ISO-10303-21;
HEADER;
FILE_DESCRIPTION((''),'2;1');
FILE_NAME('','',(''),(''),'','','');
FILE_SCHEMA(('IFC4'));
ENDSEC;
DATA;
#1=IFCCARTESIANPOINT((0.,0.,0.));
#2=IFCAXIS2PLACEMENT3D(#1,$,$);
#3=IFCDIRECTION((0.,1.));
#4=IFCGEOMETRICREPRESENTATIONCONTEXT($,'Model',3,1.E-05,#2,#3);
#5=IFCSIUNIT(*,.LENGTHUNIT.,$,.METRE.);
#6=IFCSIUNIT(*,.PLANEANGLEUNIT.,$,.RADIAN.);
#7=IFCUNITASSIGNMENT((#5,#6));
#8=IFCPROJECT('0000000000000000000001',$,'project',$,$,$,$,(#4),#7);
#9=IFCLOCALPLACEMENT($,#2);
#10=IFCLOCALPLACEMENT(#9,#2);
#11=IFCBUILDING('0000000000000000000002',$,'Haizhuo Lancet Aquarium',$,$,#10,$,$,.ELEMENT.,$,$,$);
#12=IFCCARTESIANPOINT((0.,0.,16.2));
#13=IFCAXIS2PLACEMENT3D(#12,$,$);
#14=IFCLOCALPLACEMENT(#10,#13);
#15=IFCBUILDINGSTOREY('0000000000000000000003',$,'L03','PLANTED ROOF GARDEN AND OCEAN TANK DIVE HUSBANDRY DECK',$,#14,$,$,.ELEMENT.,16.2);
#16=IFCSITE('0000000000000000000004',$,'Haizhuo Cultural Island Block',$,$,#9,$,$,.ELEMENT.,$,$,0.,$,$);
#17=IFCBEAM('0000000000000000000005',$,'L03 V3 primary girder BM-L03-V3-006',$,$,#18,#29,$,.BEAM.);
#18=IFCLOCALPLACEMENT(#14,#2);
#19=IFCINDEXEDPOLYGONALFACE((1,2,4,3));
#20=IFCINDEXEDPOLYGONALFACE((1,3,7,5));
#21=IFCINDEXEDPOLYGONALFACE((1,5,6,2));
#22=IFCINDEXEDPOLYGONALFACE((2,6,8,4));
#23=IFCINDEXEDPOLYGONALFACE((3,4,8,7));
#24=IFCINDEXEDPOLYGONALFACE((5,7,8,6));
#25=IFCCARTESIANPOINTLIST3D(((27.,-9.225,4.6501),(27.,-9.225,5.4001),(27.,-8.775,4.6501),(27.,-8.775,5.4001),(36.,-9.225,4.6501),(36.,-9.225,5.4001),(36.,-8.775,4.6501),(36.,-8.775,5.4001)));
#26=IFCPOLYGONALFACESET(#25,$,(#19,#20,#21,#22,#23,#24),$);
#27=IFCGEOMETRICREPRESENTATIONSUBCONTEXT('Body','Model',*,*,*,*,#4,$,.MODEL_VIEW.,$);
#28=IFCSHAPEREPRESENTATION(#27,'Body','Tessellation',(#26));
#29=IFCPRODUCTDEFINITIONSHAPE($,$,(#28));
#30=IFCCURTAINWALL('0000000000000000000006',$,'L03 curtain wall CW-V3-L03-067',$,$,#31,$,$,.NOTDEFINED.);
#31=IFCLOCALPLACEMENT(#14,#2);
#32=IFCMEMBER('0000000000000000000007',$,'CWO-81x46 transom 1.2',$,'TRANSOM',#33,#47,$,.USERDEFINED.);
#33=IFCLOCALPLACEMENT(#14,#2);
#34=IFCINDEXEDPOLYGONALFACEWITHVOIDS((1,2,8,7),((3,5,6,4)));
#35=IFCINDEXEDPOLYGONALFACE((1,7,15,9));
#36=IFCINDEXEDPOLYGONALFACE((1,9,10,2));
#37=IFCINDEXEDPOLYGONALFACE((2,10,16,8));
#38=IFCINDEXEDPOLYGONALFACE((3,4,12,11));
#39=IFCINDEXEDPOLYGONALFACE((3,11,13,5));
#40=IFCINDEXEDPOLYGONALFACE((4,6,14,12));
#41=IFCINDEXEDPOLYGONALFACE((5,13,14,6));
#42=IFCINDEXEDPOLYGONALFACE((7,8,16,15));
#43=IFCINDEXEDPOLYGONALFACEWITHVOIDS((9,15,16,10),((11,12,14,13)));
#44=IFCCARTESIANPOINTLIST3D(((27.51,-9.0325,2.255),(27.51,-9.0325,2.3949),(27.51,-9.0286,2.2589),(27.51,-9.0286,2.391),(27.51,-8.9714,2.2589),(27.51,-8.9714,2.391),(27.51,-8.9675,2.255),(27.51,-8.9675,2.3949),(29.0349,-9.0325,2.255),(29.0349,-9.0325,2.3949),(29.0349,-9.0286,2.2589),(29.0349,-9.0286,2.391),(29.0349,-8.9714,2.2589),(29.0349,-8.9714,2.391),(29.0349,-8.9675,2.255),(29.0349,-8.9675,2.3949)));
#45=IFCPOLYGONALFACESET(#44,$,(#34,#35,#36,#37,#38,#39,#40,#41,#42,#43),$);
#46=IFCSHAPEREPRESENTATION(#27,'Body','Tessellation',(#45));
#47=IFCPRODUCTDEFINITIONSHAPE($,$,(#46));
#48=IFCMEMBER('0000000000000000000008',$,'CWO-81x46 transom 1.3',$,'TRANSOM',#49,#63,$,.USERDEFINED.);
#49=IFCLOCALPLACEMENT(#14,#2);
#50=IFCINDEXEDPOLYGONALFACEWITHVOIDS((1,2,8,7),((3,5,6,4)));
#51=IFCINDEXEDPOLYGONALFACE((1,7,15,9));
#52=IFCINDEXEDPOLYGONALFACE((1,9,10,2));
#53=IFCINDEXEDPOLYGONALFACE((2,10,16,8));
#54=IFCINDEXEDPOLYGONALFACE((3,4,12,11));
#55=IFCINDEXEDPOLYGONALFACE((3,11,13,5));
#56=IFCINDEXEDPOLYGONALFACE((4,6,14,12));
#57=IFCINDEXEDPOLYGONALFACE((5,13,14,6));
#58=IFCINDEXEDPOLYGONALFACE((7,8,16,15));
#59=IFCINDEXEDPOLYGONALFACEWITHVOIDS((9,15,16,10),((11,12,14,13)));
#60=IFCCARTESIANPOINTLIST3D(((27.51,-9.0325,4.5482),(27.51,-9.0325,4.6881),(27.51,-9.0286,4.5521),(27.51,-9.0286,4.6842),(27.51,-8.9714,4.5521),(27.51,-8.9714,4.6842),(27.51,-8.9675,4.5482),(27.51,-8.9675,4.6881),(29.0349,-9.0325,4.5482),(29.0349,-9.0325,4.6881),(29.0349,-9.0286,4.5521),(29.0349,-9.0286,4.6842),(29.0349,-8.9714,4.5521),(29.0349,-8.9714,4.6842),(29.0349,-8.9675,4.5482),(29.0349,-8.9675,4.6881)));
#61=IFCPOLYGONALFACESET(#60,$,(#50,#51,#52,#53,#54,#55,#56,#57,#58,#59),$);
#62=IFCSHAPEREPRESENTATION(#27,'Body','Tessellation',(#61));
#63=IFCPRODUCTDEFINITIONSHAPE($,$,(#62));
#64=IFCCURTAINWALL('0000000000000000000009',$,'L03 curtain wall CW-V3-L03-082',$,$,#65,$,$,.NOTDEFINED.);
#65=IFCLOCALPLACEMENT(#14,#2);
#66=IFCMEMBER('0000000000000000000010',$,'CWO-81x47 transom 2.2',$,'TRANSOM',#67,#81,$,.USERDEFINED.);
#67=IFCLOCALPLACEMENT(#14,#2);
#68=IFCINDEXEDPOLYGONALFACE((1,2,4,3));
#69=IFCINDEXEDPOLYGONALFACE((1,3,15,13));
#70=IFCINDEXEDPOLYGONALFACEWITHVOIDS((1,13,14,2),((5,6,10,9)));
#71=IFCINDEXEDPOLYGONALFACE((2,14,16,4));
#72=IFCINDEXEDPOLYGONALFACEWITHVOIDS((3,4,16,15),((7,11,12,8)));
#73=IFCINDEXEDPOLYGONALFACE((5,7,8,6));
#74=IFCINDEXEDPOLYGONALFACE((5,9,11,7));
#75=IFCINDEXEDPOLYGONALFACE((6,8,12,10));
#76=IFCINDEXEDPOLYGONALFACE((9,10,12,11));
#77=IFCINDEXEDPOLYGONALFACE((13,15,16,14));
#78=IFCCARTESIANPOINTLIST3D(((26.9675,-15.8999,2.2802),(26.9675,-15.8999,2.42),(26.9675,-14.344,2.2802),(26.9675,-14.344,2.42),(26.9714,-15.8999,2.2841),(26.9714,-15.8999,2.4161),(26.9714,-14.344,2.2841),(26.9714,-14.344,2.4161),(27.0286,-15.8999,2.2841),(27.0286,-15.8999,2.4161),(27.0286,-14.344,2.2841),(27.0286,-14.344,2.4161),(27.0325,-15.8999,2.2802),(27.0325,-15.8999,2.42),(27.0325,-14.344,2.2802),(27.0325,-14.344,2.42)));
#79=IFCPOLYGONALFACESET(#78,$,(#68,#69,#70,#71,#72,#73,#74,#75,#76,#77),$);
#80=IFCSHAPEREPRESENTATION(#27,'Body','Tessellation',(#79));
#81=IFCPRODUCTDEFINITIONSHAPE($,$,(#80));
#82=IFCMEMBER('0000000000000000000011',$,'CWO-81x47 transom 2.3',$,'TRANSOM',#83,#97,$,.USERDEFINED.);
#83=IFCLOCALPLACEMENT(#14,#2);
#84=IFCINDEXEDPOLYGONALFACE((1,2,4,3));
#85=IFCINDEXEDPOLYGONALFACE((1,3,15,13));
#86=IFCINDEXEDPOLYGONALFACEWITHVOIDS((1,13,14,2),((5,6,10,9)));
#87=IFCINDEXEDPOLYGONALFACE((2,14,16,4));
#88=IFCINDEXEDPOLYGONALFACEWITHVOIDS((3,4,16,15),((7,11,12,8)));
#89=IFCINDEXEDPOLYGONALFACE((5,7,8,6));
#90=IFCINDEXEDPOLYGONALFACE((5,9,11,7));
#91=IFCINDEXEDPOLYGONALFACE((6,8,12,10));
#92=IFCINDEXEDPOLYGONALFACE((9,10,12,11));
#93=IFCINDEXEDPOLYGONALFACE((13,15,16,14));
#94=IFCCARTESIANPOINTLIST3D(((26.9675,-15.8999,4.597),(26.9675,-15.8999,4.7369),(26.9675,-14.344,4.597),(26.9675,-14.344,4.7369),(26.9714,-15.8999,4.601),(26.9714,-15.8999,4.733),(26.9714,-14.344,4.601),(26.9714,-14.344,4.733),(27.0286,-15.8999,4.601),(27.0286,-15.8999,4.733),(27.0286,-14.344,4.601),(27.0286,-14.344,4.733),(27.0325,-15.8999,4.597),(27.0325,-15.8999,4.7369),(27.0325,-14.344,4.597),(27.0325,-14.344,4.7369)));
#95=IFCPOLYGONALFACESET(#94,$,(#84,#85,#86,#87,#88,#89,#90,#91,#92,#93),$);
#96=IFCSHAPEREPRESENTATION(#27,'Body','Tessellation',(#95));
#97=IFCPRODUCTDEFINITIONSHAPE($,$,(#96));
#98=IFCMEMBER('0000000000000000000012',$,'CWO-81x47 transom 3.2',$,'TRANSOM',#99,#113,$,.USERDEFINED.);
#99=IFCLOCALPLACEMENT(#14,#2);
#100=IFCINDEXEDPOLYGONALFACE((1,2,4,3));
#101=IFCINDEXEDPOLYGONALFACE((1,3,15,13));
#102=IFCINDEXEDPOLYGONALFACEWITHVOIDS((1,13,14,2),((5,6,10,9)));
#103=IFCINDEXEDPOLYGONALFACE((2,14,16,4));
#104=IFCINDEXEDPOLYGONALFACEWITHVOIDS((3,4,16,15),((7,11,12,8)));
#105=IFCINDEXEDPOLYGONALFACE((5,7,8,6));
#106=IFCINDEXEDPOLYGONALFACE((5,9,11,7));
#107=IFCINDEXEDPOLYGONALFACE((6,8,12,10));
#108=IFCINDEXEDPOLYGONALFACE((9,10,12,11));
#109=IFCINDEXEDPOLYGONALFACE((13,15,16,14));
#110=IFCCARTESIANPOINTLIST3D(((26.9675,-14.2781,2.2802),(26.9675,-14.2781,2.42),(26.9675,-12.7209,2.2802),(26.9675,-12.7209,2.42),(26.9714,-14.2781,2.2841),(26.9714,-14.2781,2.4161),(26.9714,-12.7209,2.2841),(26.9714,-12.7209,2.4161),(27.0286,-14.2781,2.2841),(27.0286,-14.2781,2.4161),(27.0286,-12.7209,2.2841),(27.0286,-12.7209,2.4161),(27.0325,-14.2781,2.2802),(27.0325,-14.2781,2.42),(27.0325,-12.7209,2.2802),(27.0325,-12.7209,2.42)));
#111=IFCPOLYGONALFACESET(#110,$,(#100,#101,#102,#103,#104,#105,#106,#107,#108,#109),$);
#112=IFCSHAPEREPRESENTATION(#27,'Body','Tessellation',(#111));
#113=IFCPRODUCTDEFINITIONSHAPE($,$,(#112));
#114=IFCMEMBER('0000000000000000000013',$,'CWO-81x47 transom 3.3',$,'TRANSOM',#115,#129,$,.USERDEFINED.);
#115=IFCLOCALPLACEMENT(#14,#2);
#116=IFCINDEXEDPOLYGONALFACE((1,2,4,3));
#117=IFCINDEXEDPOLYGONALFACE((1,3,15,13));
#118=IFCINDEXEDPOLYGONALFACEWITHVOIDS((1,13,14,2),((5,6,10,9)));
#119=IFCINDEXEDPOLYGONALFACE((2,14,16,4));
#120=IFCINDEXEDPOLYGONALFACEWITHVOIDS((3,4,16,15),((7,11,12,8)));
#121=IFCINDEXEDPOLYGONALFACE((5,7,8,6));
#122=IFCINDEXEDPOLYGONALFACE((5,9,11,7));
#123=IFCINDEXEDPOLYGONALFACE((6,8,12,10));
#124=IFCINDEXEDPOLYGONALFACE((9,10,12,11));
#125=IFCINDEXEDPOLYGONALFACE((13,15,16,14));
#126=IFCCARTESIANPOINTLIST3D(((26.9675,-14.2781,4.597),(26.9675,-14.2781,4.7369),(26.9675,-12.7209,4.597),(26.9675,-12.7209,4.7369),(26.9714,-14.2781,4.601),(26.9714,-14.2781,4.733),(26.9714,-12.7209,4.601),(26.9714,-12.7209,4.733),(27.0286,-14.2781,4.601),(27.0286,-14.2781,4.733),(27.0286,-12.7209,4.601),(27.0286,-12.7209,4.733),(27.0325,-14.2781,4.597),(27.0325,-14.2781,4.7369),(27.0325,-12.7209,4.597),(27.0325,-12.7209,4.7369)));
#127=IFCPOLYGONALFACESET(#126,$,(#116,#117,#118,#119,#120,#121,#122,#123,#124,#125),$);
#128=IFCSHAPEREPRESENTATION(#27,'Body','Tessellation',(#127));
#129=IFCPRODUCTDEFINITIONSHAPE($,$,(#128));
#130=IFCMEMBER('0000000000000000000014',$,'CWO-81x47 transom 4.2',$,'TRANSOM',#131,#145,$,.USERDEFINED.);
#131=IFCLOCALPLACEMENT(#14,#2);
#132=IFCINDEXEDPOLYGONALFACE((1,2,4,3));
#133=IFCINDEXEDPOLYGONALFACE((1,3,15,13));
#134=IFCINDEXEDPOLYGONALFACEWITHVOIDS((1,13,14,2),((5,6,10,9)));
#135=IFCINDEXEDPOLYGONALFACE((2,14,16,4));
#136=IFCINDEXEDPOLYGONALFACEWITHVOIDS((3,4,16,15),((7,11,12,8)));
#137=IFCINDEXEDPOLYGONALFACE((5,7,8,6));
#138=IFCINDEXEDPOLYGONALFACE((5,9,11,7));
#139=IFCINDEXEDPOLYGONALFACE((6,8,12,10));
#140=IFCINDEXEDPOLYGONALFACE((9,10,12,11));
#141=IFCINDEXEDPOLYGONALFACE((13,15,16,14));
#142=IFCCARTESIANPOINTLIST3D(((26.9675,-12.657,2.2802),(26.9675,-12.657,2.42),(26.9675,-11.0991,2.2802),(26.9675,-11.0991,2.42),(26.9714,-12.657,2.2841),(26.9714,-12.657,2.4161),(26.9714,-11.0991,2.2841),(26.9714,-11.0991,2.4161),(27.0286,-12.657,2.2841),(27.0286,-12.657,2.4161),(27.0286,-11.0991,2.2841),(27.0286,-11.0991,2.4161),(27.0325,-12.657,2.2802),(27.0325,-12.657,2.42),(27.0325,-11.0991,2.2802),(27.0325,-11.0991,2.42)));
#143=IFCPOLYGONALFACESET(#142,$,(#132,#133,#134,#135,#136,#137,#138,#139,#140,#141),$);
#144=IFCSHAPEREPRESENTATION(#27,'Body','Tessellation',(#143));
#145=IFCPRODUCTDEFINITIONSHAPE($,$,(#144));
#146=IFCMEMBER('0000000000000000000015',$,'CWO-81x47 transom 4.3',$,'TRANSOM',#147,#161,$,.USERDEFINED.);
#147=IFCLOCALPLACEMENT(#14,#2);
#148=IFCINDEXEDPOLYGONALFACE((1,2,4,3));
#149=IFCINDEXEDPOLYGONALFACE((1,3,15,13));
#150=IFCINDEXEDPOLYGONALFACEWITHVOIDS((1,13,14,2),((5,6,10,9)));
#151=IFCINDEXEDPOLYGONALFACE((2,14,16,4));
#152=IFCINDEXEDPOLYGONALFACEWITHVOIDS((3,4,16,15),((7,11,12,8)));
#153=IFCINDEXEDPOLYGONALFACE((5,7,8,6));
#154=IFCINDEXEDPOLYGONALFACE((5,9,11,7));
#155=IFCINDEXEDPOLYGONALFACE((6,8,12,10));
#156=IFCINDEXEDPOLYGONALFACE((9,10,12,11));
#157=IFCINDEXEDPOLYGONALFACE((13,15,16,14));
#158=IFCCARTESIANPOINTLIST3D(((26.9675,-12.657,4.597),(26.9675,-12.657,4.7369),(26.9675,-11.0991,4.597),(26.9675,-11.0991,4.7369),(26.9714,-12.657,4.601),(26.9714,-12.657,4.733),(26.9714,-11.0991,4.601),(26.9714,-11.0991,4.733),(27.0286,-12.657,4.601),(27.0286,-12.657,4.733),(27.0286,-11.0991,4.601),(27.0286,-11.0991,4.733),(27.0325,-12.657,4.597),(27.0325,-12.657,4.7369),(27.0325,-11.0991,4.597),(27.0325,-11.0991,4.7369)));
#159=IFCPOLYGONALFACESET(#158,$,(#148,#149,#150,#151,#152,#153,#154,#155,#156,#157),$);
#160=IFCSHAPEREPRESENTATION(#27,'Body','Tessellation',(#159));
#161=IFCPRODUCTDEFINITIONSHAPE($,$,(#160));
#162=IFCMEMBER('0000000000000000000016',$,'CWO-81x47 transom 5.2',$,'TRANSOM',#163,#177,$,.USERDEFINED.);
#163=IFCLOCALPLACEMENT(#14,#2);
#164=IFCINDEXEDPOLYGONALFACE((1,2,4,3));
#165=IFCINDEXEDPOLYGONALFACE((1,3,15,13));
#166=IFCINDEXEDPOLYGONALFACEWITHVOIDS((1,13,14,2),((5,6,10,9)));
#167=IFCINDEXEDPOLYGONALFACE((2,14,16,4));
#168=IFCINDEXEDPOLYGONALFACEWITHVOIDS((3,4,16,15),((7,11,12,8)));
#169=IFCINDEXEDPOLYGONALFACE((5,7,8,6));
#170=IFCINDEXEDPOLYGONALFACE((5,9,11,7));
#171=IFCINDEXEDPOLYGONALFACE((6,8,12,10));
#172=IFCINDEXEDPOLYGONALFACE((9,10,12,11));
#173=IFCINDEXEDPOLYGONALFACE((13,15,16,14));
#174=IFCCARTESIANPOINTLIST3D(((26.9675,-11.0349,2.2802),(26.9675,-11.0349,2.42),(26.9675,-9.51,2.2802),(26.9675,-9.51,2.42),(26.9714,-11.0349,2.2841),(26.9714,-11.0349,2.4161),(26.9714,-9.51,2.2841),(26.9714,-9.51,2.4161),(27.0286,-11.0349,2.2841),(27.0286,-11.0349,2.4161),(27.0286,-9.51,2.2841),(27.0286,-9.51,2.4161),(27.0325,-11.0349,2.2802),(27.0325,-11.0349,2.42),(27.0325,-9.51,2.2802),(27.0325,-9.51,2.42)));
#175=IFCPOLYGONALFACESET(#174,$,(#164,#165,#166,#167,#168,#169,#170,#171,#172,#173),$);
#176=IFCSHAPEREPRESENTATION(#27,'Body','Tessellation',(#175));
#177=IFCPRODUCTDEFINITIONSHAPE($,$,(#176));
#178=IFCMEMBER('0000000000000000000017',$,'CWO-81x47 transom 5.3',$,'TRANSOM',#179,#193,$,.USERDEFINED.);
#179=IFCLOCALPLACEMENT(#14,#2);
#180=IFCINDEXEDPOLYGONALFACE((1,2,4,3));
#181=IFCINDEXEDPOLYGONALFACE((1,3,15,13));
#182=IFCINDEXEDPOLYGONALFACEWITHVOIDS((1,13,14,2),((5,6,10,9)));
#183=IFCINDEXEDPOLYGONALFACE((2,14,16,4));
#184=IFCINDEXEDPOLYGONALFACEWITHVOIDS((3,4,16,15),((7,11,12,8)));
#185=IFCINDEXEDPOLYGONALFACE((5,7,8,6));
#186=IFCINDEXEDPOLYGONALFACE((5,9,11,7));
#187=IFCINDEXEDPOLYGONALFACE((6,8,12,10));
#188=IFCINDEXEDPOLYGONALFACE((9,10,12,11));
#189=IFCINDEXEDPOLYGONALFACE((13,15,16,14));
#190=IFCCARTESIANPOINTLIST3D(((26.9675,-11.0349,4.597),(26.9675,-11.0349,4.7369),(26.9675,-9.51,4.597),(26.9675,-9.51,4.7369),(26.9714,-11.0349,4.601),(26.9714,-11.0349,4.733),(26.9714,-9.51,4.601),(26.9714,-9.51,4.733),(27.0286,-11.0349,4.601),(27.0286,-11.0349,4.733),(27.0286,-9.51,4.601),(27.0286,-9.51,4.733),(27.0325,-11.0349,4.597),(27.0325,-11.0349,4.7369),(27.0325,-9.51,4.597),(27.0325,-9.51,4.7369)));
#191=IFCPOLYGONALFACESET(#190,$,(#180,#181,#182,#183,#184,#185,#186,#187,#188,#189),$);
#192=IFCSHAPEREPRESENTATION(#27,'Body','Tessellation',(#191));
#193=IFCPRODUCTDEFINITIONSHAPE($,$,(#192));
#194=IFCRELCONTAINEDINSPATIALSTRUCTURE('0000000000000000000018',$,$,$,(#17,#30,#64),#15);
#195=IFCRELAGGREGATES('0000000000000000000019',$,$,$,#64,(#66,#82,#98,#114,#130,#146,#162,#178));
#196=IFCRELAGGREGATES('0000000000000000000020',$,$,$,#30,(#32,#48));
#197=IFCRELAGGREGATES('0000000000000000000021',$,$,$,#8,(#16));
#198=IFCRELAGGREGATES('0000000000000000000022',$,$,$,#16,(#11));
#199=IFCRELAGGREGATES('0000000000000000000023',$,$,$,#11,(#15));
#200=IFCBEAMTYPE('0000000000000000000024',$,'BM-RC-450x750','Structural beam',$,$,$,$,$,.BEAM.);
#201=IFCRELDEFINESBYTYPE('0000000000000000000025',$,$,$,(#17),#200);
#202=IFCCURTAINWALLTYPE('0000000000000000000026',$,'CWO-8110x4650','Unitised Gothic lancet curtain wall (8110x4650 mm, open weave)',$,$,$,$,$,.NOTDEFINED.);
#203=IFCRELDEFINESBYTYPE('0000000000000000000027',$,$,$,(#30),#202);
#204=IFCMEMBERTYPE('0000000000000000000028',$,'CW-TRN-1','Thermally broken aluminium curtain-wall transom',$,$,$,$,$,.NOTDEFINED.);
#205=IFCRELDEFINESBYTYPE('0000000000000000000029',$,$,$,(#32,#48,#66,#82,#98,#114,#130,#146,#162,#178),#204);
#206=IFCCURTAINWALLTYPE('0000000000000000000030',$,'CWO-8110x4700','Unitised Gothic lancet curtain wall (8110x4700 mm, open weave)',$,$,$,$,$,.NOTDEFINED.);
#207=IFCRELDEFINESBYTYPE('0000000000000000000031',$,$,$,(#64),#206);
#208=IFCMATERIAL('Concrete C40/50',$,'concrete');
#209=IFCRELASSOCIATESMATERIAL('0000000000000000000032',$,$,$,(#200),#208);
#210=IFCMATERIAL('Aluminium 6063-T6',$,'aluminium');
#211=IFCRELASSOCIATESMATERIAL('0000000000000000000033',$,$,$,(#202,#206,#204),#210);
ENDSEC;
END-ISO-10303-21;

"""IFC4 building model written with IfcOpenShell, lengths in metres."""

from ifc_helpers import new_model, si_unit, direction, frame, origin, origin_2d, place, context, subcontext, project, spatial, rectangle, hollow_rectangle, extrude, material, material_profile, profile_set, type_object, element, aggregate, save


model = new_model("IFC4")

# Units and contexts
model_context = context("Model", 3, precision=1e-05, world=origin(), true_north=direction((0.0, 1.0)))
body_context = subcontext(model_context, "Body", "Model", "MODEL_VIEW")
ifc_project = project(units=[si_unit("LENGTHUNIT", "METRE"), si_unit("PLANEANGLEUNIT", "RADIAN")], contexts=[model_context])

# Site, building, storey
site_placement = place(None, origin())
site = spatial("IfcSite", under=ifc_project, at=site_placement, Name="Haizhuo Cultural Island Block", CompositionType="ELEMENT", RefElevation=0.0)
building_placement = place(site_placement, origin())
building = spatial("IfcBuilding", under=site, at=building_placement, Name="Haizhuo Lancet Aquarium", CompositionType="ELEMENT")
storey_placement = place(building_placement, frame((0.0, 0.0, 16.2)))
storey = spatial("IfcBuildingStorey", under=building, at=storey_placement, Name="L03", Description="PLANTED ROOF GARDEN AND OCEAN TANK DIVE HUSBANDRY DECK", CompositionType="ELEMENT", Elevation=16.2)

# Beam
ifc_material_1 = material(Name="Concrete C40/50", Category="concrete")
ifc_material_profile_1 = material_profile(ifc_material_1, rectangle(XDim=0.45, YDim=0.75, at=origin_2d()), Name="RC-BM 450x750")
ifc_profile_set_1 = profile_set([ifc_material_profile_1], Name="Concrete C40/50")
beam_type = type_object("IfcBeamType", Name="BM-RC-450x750", Description="Structural beam", PredefinedType="BEAM", material=ifc_profile_set_1)
beam_placement = place(storey_placement, frame((27.0, -9.0, 5.0251), z_axis=(1.0, 0.0, 0.0), x_axis=(0.0, 1.0, 0.0)))
element("IfcBeam", 1, at=beam_placement, inside=storey, type_object=beam_type, Name="L03 V3 primary girder BM-L03-V3-006", PredefinedType="BEAM", context=body_context, shape_type="SweptSolid", body=[
    extrude(rectangle(XDim=0.45, YDim=0.75, at=origin_2d()), origin(), (0.0, 0.0, 1.0), 9.0),
])

# Curtain walls, members
ifc_material_2 = material(Name="Aluminium 6063-T6", Category="aluminium")
curtain_wall_type_1 = type_object("IfcCurtainWallType", Name="CWO-8110x4650", Description="Unitised Gothic lancet curtain wall (8110x4650 mm, open weave)", PredefinedType="NOTDEFINED", material=ifc_material_2)
curtain_wall_1_placement = place(storey_placement, origin())
curtain_wall_1 = element("IfcCurtainWall", 2, at=curtain_wall_1_placement, inside=storey, type_object=curtain_wall_type_1, Name="L03 curtain wall CW-V3-L03-067", PredefinedType="NOTDEFINED")
ifc_material_profile_2 = material_profile(ifc_material_2, hollow_rectangle(XDim=0.0649, YDim=0.1399, WallThickness=0.0039, at=origin_2d()), Name="ALU-T 65x140x4")
ifc_profile_set_2 = profile_set([ifc_material_profile_2], Name="Aluminium 6063-T6")
member_type_1 = type_object("IfcMemberType", Name="CW-TRN-1", Description="Thermally broken aluminium curtain-wall transom", PredefinedType="NOTDEFINED", material=ifc_profile_set_2)
member_1_placement = place(storey_placement, frame((27.51, -9.0, 2.325), z_axis=(1.0, 0.0, 0.0), x_axis=(0.0, 1.0, 0.0)))
member_1 = element("IfcMember", 3, at=member_1_placement, type_object=member_type_1, Name="CWO-81x46 transom 1.2", ObjectType="TRANSOM", PredefinedType="USERDEFINED", context=body_context, shape_type="SweptSolid", body=[
    extrude(hollow_rectangle(XDim=0.0649, YDim=0.1399, WallThickness=0.0039, at=origin_2d()), origin(), (0.0, 0.0, 1.0), 1.5249),
])
member_2_placement = place(storey_placement, frame((27.51, -9.0, 4.6182), z_axis=(1.0, 0.0, 0.0), x_axis=(0.0, 1.0, 0.0)))
member_2 = element("IfcMember", 4, at=member_2_placement, type_object=member_type_1, Name="CWO-81x46 transom 1.3", ObjectType="TRANSOM", PredefinedType="USERDEFINED", context=body_context, shape_type="SweptSolid", body=[
    extrude(hollow_rectangle(XDim=0.0649, YDim=0.1399, WallThickness=0.0039, at=origin_2d()), origin(), (0.0, 0.0, 1.0), 1.5249),
])
curtain_wall_type_2 = type_object("IfcCurtainWallType", Name="CWO-8110x4700", Description="Unitised Gothic lancet curtain wall (8110x4700 mm, open weave)", PredefinedType="NOTDEFINED", material=ifc_material_2)
curtain_wall_2_placement = place(storey_placement, origin())
curtain_wall_2 = element("IfcCurtainWall", 5, at=curtain_wall_2_placement, inside=storey, type_object=curtain_wall_type_2, Name="L03 curtain wall CW-V3-L03-082", PredefinedType="NOTDEFINED")
member_3_placement = place(storey_placement, frame((27.0, -15.8999, 2.3501), z_axis=(0.0, 1.0, 0.0), x_axis=(-1.0, 0.0, 0.0)))
member_3 = element("IfcMember", 6, at=member_3_placement, type_object=member_type_1, Name="CWO-81x47 transom 2.2", ObjectType="TRANSOM", PredefinedType="USERDEFINED", context=body_context, shape_type="SweptSolid", body=[
    extrude(hollow_rectangle(XDim=0.0649, YDim=0.1399, WallThickness=0.0039, at=origin_2d()), origin(), (0.0, 0.0, 1.0), 1.5559),
])
member_4_placement = place(storey_placement, frame((27.0, -15.8999, 4.667), z_axis=(0.0, 1.0, 0.0), x_axis=(-1.0, 0.0, 0.0)))
member_4 = element("IfcMember", 7, at=member_4_placement, type_object=member_type_1, Name="CWO-81x47 transom 2.3", ObjectType="TRANSOM", PredefinedType="USERDEFINED", context=body_context, shape_type="SweptSolid", body=[
    extrude(hollow_rectangle(XDim=0.0649, YDim=0.1399, WallThickness=0.0039, at=origin_2d()), origin(), (0.0, 0.0, 1.0), 1.5559),
])
member_5_placement = place(storey_placement, frame((27.0, -14.2781, 2.3501), z_axis=(0.0, 1.0, 0.0), x_axis=(-1.0, 0.0, 0.0)))
member_5 = element("IfcMember", 8, at=member_5_placement, type_object=member_type_1, Name="CWO-81x47 transom 3.2", ObjectType="TRANSOM", PredefinedType="USERDEFINED", context=body_context, shape_type="SweptSolid", body=[
    extrude(hollow_rectangle(XDim=0.0649, YDim=0.1399, WallThickness=0.0039, at=origin_2d()), origin(), (0.0, 0.0, 1.0), 1.5571),
])
member_6_placement = place(storey_placement, frame((27.0, -14.2781, 4.667), z_axis=(0.0, 1.0, 0.0), x_axis=(-1.0, 0.0, 0.0)))
member_6 = element("IfcMember", 9, at=member_6_placement, type_object=member_type_1, Name="CWO-81x47 transom 3.3", ObjectType="TRANSOM", PredefinedType="USERDEFINED", context=body_context, shape_type="SweptSolid", body=[
    extrude(hollow_rectangle(XDim=0.0649, YDim=0.1399, WallThickness=0.0039, at=origin_2d()), origin(), (0.0, 0.0, 1.0), 1.5571),
])
member_7_placement = place(storey_placement, frame((27.0, -12.657, 2.3501), z_axis=(0.0, 1.0, 0.0), x_axis=(-1.0, 0.0, 0.0)))
member_7 = element("IfcMember", 10, at=member_7_placement, type_object=member_type_1, Name="CWO-81x47 transom 4.2", ObjectType="TRANSOM", PredefinedType="USERDEFINED", context=body_context, shape_type="SweptSolid", body=[
    extrude(hollow_rectangle(XDim=0.0649, YDim=0.1399, WallThickness=0.0039, at=origin_2d()), origin(), (0.0, 0.0, 1.0), 1.5579),
])
member_8_placement = place(storey_placement, frame((27.0, -12.657, 4.667), z_axis=(0.0, 1.0, 0.0), x_axis=(-1.0, 0.0, 0.0)))
member_8 = element("IfcMember", 11, at=member_8_placement, type_object=member_type_1, Name="CWO-81x47 transom 4.3", ObjectType="TRANSOM", PredefinedType="USERDEFINED", context=body_context, shape_type="SweptSolid", body=[
    extrude(hollow_rectangle(XDim=0.0649, YDim=0.1399, WallThickness=0.0039, at=origin_2d()), origin(), (0.0, 0.0, 1.0), 1.5579),
])
member_9_placement = place(storey_placement, frame((27.0, -11.0349, 2.3501), z_axis=(0.0, 1.0, 0.0), x_axis=(-1.0, 0.0, 0.0)))
member_9 = element("IfcMember", 12, at=member_9_placement, type_object=member_type_1, Name="CWO-81x47 transom 5.2", ObjectType="TRANSOM", PredefinedType="USERDEFINED", context=body_context, shape_type="SweptSolid", body=[
    extrude(hollow_rectangle(XDim=0.0649, YDim=0.1399, WallThickness=0.0039, at=origin_2d()), origin(), (0.0, 0.0, 1.0), 1.5249),
])
member_10_placement = place(storey_placement, frame((27.0, -11.0349, 4.667), z_axis=(0.0, 1.0, 0.0), x_axis=(-1.0, 0.0, 0.0)))
member_10 = element("IfcMember", 13, at=member_10_placement, type_object=member_type_1, Name="CWO-81x47 transom 5.3", ObjectType="TRANSOM", PredefinedType="USERDEFINED", context=body_context, shape_type="SweptSolid", body=[
    extrude(hollow_rectangle(XDim=0.0649, YDim=0.1399, WallThickness=0.0039, at=origin_2d()), origin(), (0.0, 0.0, 1.0), 1.5249),
])

aggregate(curtain_wall_2, [member_3, member_4, member_5, member_6, member_7, member_8, member_9, member_10])
aggregate(curtain_wall_1, [member_1, member_2])

save(model, "model.ifc")
